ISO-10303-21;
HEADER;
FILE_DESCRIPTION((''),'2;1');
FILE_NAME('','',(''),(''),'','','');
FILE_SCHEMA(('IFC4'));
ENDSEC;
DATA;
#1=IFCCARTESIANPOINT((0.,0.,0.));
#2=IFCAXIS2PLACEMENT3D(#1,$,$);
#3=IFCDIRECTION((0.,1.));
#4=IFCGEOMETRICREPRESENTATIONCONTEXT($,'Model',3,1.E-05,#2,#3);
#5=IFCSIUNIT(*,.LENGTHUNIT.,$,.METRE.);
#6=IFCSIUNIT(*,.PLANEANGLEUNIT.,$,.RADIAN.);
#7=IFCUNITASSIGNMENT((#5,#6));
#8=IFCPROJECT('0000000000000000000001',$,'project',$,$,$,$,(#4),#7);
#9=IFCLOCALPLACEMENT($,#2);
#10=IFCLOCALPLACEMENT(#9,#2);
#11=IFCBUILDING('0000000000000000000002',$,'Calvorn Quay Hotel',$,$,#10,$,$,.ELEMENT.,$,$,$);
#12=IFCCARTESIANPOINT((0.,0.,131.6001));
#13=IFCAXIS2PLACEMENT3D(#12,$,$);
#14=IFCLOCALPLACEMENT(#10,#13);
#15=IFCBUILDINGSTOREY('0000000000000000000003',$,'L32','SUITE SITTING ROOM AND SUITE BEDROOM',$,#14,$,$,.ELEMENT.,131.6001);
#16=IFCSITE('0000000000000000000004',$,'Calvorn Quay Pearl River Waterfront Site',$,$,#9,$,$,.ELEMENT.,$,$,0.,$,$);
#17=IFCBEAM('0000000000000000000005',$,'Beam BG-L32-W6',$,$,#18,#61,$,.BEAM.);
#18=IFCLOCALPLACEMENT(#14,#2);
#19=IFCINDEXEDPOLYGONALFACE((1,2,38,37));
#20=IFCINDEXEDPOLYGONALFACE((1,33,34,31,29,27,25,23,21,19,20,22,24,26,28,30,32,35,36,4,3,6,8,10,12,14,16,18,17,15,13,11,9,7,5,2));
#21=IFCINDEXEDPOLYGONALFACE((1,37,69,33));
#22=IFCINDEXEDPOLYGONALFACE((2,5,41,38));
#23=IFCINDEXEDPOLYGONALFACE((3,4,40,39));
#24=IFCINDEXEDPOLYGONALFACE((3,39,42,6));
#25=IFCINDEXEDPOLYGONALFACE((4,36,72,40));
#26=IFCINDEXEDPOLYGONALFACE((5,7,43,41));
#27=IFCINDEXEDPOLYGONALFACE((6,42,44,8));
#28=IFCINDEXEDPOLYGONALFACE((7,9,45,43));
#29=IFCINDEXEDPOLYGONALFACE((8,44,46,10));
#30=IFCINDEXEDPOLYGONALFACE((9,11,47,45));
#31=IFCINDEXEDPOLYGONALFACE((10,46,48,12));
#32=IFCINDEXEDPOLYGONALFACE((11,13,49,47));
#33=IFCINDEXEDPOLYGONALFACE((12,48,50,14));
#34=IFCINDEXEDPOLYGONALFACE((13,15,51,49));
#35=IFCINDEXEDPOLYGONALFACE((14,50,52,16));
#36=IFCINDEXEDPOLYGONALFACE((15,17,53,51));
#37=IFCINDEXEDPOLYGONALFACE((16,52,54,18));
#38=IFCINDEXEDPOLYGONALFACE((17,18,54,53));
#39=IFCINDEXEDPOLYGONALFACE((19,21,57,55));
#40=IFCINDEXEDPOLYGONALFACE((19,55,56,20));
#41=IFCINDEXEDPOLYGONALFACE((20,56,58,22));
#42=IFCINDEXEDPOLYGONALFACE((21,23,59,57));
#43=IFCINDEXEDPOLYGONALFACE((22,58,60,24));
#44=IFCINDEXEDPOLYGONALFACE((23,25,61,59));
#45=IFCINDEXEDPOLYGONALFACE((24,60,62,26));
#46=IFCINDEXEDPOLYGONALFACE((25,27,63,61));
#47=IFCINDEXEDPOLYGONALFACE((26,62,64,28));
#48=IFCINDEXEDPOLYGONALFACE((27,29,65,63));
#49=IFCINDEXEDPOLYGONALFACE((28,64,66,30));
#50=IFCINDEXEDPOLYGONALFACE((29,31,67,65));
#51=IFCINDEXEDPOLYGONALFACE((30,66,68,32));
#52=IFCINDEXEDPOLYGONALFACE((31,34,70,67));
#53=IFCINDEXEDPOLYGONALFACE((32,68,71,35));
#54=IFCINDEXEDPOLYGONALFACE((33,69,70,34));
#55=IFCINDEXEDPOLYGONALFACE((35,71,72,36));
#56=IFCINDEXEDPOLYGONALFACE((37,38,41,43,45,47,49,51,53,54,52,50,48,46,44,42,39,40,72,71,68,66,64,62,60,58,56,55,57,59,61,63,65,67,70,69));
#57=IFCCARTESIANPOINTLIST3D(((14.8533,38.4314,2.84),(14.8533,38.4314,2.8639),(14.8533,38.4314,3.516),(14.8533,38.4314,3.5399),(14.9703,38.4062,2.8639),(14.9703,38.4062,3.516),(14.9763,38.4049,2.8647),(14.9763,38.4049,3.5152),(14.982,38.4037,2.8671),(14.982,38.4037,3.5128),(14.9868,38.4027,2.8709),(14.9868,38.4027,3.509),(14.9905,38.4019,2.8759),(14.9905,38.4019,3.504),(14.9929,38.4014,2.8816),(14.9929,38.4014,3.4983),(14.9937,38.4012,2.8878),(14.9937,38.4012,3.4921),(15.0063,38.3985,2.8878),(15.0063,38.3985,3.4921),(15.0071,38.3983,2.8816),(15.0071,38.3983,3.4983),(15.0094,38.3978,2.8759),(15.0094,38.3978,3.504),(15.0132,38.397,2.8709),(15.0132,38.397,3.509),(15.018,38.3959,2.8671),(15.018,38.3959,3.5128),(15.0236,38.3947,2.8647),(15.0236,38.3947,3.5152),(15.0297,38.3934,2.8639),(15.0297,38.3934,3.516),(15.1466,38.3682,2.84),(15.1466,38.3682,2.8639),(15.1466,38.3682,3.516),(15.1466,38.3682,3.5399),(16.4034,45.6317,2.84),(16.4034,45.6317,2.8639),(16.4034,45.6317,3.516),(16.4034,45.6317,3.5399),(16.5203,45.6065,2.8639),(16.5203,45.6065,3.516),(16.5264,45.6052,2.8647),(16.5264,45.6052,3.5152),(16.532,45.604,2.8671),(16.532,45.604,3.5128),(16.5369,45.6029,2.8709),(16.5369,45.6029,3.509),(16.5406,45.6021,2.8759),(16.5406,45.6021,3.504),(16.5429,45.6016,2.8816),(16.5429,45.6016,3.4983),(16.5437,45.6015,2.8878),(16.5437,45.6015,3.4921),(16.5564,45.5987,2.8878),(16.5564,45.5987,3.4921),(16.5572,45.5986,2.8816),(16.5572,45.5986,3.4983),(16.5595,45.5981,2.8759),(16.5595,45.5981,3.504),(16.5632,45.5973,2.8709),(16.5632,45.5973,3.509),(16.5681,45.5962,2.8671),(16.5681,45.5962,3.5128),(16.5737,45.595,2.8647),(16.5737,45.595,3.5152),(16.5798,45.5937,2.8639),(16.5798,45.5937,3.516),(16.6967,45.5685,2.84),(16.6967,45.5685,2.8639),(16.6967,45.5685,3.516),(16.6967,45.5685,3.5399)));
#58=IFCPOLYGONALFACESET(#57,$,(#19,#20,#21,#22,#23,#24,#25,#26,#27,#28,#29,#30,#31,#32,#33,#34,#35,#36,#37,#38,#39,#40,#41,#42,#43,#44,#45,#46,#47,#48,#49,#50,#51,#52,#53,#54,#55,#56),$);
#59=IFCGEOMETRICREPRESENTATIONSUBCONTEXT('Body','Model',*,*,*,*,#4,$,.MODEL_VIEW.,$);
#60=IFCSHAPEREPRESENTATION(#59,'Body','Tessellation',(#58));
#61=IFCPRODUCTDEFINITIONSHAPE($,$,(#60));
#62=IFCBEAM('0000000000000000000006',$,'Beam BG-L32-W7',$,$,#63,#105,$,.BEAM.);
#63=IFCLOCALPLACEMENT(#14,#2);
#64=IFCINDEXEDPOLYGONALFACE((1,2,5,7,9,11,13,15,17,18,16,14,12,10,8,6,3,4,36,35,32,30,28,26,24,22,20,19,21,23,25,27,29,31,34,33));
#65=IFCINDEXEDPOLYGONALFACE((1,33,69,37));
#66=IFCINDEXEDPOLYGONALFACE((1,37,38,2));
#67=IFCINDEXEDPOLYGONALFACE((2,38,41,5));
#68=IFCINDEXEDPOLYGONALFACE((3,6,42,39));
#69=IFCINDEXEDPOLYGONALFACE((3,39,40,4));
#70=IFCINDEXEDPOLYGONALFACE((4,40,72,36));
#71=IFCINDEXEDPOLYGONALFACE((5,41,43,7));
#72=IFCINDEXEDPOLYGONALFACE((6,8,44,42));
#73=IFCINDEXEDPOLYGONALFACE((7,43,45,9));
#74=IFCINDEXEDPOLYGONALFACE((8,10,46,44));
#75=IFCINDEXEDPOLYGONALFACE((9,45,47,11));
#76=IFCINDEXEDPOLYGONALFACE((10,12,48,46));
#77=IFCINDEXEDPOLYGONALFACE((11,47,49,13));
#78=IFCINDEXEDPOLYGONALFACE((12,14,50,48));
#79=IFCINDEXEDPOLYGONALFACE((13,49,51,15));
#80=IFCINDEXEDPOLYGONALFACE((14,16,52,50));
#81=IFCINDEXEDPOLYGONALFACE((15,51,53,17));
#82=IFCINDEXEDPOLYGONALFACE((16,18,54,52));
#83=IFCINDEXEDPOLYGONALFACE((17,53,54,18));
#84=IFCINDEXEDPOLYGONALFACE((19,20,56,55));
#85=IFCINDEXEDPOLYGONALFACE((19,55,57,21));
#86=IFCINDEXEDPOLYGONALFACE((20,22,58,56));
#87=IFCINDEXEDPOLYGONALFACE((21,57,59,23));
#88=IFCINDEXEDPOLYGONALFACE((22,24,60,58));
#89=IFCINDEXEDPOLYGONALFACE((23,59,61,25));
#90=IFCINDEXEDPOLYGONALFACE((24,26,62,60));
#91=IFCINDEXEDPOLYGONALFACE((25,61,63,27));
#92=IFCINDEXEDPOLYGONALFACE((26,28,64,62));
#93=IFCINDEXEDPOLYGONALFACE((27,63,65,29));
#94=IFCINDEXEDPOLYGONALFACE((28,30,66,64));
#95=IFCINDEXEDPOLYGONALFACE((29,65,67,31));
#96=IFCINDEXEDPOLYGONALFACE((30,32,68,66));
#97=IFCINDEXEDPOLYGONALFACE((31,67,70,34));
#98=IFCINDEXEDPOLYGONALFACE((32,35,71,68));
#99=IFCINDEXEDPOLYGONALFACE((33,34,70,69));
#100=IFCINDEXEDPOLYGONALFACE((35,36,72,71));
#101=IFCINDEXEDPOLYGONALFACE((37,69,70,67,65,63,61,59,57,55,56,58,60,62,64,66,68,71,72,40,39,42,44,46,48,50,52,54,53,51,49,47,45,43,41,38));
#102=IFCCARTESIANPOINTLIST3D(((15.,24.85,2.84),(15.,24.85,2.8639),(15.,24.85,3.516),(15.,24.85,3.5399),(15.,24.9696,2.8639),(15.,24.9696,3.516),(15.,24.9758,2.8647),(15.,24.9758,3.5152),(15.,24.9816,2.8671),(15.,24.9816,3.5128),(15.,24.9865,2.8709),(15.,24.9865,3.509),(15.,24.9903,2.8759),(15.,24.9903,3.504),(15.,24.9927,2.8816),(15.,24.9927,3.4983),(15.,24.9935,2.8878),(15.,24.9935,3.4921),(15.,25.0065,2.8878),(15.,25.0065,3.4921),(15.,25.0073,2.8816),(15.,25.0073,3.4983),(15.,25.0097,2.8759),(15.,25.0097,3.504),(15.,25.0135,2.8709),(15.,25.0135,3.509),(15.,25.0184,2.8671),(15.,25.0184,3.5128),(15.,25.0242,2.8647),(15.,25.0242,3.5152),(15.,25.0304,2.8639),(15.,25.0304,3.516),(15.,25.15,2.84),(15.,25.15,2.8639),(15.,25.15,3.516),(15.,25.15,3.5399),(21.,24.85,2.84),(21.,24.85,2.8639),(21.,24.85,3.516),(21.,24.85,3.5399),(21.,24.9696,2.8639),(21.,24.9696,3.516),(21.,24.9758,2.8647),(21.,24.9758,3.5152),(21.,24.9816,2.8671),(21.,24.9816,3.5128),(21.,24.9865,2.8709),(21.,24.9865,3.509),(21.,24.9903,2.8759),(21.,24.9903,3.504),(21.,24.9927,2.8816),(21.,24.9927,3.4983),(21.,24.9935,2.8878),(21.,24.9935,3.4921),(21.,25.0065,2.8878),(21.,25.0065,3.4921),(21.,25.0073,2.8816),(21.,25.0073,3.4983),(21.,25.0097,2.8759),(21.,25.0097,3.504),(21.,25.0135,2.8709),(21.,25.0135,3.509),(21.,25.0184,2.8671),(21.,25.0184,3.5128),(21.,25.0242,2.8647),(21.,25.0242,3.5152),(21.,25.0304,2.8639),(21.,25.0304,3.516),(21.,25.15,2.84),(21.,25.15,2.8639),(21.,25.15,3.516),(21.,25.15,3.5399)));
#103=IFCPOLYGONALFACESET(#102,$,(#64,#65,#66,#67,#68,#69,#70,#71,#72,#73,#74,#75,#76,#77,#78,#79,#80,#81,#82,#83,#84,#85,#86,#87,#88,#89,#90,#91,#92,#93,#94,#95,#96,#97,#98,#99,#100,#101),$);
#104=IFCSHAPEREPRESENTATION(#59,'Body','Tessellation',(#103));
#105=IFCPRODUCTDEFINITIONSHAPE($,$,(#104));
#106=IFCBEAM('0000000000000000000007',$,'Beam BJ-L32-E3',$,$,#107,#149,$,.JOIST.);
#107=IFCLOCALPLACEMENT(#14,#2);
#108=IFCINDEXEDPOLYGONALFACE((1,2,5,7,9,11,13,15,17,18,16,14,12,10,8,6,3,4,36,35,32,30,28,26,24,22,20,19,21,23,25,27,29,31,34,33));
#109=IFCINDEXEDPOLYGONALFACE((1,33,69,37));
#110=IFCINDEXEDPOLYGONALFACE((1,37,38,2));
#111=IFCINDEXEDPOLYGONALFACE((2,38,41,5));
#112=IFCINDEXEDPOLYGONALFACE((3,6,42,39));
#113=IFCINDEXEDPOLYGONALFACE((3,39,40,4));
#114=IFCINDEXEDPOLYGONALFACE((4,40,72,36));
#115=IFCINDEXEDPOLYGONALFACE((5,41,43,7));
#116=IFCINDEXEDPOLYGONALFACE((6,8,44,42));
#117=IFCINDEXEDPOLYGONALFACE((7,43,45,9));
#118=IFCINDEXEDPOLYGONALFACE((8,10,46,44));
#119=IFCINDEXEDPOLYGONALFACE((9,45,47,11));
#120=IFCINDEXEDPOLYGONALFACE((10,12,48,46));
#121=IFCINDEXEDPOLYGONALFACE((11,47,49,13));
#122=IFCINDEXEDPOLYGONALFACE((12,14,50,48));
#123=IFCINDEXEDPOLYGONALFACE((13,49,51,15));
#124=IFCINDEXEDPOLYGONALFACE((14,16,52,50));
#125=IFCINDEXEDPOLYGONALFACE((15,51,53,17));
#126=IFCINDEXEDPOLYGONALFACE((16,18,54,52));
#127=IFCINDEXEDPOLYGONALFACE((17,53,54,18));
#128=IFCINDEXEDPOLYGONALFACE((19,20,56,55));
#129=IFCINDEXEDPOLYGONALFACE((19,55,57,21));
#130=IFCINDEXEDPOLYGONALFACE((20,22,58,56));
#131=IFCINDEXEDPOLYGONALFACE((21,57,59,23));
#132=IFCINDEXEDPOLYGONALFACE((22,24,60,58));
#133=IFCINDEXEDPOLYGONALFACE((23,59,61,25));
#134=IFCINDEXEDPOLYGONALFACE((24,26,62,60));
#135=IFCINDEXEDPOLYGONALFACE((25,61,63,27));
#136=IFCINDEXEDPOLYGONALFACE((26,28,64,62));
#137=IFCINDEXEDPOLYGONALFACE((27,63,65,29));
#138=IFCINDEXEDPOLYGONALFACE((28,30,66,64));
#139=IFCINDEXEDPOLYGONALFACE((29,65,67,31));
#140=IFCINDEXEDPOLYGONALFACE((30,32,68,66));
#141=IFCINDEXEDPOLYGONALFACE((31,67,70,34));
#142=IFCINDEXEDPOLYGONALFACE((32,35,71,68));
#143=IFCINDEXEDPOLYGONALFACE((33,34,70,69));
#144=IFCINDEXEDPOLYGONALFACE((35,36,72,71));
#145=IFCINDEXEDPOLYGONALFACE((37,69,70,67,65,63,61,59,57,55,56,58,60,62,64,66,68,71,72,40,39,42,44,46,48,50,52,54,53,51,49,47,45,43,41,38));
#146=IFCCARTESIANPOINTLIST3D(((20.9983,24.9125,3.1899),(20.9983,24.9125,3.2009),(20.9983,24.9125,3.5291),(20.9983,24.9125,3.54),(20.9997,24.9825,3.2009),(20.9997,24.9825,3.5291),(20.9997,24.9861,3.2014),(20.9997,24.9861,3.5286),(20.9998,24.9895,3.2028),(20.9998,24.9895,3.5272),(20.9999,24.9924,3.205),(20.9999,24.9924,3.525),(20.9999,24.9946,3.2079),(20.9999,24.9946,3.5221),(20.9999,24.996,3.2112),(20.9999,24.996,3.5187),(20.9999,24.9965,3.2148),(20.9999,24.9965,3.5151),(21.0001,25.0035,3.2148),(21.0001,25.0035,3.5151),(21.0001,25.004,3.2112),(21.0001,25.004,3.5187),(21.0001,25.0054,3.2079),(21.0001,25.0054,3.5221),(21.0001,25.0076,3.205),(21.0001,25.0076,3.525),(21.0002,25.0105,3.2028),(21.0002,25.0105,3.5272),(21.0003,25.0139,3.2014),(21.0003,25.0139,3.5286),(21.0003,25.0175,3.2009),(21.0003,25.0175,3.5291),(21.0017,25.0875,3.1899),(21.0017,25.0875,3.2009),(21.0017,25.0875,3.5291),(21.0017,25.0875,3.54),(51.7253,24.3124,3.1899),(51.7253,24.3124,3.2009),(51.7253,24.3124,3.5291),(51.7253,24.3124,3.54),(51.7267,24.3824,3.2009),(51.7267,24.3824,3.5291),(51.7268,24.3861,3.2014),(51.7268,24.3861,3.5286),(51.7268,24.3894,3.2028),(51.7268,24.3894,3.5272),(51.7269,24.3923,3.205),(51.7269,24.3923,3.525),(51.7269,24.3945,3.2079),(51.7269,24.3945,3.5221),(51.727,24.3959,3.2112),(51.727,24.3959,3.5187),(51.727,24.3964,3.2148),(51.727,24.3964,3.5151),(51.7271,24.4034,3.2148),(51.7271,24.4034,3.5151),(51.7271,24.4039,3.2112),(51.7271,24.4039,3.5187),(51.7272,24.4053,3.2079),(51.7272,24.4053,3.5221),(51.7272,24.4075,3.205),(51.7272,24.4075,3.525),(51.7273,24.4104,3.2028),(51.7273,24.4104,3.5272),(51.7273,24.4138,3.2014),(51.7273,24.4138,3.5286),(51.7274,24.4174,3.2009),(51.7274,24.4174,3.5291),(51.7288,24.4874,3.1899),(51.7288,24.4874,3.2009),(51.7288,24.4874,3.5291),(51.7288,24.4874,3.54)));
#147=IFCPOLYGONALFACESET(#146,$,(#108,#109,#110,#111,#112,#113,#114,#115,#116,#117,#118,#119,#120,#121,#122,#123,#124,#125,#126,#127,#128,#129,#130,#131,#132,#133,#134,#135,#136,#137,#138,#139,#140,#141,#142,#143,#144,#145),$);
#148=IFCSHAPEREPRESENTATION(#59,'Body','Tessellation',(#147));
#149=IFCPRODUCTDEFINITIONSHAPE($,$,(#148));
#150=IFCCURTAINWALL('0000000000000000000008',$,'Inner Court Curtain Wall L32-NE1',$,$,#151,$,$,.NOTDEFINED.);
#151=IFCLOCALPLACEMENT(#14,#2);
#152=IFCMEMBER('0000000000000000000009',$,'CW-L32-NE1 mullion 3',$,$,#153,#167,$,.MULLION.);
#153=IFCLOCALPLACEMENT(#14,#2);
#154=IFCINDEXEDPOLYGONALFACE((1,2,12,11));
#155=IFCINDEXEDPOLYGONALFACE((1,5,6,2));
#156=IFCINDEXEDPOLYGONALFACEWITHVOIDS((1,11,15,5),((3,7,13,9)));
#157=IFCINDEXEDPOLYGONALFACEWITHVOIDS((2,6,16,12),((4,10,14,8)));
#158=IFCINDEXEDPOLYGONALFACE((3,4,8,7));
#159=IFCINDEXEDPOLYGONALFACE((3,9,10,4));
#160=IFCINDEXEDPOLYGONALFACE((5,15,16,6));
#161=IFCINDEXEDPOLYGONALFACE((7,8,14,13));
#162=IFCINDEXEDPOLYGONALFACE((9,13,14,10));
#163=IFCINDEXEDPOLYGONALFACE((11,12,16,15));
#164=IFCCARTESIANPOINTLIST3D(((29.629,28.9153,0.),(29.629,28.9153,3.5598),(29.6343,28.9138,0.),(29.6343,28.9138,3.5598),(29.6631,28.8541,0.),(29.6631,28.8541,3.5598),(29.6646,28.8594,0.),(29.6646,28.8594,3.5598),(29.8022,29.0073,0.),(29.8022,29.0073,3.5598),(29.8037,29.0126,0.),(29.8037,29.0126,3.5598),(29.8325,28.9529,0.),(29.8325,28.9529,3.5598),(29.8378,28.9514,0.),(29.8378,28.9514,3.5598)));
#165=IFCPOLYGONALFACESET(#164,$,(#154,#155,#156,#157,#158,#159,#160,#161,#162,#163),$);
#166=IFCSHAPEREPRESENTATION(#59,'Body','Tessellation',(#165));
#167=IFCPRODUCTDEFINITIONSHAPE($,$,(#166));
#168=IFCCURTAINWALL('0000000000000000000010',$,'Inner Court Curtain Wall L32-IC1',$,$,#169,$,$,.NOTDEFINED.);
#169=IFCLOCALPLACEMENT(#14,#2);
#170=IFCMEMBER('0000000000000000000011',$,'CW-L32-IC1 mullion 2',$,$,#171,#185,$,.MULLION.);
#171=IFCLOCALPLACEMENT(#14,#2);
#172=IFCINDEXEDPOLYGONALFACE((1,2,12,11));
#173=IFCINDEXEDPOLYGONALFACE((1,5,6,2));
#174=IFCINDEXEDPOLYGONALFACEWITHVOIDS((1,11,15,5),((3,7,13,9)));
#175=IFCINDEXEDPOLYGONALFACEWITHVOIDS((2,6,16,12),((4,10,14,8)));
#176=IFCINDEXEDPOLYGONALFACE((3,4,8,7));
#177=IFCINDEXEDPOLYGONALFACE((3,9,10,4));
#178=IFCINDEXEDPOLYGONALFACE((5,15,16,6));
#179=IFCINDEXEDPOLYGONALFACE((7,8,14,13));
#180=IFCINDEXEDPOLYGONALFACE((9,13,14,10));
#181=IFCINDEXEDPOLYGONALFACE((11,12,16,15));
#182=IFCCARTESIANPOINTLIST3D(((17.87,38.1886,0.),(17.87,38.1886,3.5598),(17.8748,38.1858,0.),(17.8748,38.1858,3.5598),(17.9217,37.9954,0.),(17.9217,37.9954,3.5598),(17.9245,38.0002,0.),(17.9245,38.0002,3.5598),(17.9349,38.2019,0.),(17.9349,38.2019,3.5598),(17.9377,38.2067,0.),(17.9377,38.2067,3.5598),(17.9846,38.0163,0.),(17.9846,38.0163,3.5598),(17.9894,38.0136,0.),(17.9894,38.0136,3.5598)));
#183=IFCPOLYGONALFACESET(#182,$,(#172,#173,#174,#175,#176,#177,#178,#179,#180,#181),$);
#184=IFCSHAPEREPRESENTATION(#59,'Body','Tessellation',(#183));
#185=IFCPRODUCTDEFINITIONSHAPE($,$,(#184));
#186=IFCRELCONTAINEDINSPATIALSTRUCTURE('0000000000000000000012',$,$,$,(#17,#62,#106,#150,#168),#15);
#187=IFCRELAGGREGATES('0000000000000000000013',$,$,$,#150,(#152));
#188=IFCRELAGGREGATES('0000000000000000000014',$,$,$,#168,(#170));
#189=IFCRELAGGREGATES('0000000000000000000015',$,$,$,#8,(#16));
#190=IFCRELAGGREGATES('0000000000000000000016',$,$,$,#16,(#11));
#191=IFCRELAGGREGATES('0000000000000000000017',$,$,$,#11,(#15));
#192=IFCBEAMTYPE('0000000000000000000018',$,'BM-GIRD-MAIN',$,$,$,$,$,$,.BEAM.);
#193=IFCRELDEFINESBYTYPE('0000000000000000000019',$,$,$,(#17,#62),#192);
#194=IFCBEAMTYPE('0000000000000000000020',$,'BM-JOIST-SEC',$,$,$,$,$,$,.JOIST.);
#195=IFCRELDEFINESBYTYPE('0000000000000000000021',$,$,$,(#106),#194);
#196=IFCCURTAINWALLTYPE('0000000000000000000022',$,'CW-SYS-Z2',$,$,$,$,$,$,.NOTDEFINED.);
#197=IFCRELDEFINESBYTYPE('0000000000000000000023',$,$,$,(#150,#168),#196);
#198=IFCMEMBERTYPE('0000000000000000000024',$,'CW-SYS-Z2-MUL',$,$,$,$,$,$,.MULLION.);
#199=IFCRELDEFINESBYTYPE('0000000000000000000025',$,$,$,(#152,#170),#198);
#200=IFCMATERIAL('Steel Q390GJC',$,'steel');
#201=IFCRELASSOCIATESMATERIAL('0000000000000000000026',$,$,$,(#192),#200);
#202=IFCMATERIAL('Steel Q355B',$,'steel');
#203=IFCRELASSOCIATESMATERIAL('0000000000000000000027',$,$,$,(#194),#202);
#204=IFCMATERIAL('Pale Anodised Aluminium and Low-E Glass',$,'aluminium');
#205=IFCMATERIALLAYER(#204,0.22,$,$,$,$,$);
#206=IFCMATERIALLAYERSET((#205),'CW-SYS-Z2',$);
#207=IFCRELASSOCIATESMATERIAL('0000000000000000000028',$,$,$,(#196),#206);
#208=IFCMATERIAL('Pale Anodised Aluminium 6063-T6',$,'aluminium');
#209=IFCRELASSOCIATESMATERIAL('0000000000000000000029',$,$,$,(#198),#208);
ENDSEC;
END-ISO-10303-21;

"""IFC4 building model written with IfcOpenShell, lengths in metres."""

from ifc_helpers import new_model, si_unit, direction, frame, origin, origin_2d, place, context, subcontext, project, spatial, hollow_rectangle, i_section, extrude, material, layer, layer_set, material_profile, profile_set, type_object, element, aggregate, save


model = new_model("IFC4")

# Units and contexts
model_context = context("Model", 3, precision=1e-05, world=origin(), true_north=direction((0.0, 1.0)))
body_context = subcontext(model_context, "Body", "Model", "MODEL_VIEW")
ifc_project = project(units=[si_unit("LENGTHUNIT", "METRE"), si_unit("PLANEANGLEUNIT", "RADIAN")], contexts=[model_context])

# Site, building, storey
site_placement = place(None, origin())
site = spatial("IfcSite", under=ifc_project, at=site_placement, Name="Calvorn Quay Pearl River Waterfront Site", CompositionType="ELEMENT", RefElevation=0.0)
building_placement = place(site_placement, origin())
building = spatial("IfcBuilding", under=site, at=building_placement, Name="Calvorn Quay Hotel", CompositionType="ELEMENT")
storey_placement = place(building_placement, frame((0.0, 0.0, 131.6001)))
storey = spatial("IfcBuildingStorey", under=building, at=storey_placement, Name="L32", Description="SUITE SITTING ROOM AND SUITE BEDROOM", CompositionType="ELEMENT", Elevation=131.6001)

# Beams
ifc_material_1 = material(Name="Steel Q390GJC", Category="steel")
ifc_material_profile_1 = material_profile(ifc_material_1, i_section(OverallWidth=0.3, OverallDepth=0.7, WebThickness=0.0129, FlangeThickness=0.0239, FilletRadius=0.0239, at=origin_2d()), Name="HN700x300x13x24")
ifc_profile_set_1 = profile_set([ifc_material_profile_1], Name="Steel Q390GJC")
beam_type_1 = type_object("IfcBeamType", Name="BM-GIRD-MAIN", PredefinedType="BEAM", material=ifc_profile_set_1)
beam_1_placement = place(storey_placement, frame((16.55, 45.6001, 3.1899), z_axis=(-0.210457, -0.977603, 0.0), x_axis=(0.977603, -0.210457, 0.0)))
element("IfcBeam", 1, at=beam_1_placement, inside=storey, type_object=beam_type_1, Name="Beam BG-L32-W6", PredefinedType="BEAM", context=body_context, shape_type="SweptSolid", body=[
    extrude(i_section(OverallWidth=0.3, OverallDepth=0.7, WebThickness=0.0129, FlangeThickness=0.0239, FilletRadius=0.0239, at=origin_2d()), origin(), (0.0, 0.0, 1.0), 7.3652),
])
beam_2_placement = place(storey_placement, frame((21.0, 25.0, 3.1899), z_axis=(-1.0, 0.0, 0.0), x_axis=(0.0, -1.0, 0.0)))
element("IfcBeam", 2, at=beam_2_placement, inside=storey, type_object=beam_type_1, Name="Beam BG-L32-W7", PredefinedType="BEAM", context=body_context, shape_type="SweptSolid", body=[
    extrude(i_section(OverallWidth=0.3, OverallDepth=0.7, WebThickness=0.0129, FlangeThickness=0.0239, FilletRadius=0.0239, at=origin_2d()), origin(), (0.0, 0.0, 1.0), 6.0),
])
ifc_material_2 = material(Name="Steel Q355B", Category="steel")
ifc_material_profile_2 = material_profile(ifc_material_2, i_section(OverallWidth=0.175, OverallDepth=0.3501, WebThickness=0.0071, FlangeThickness=0.011, FilletRadius=0.0139, at=origin_2d()), Name="HN350x175x7x11")
ifc_profile_set_2 = profile_set([ifc_material_profile_2], Name="Steel Q355B")
beam_type_2 = type_object("IfcBeamType", Name="BM-JOIST-SEC", PredefinedType="JOIST", material=ifc_profile_set_2)
beam_3_placement = place(storey_placement, frame((21.0, 25.0, 3.365), z_axis=(0.999809, -0.019526, 0.0), x_axis=(0.019526, 0.999809, 0.0)))
element("IfcBeam", 3, at=beam_3_placement, inside=storey, type_object=beam_type_2, Name="Beam BJ-L32-E3", PredefinedType="JOIST", context=body_context, shape_type="SweptSolid", body=[
    extrude(i_section(OverallWidth=0.175, OverallDepth=0.3501, WebThickness=0.0071, FlangeThickness=0.011, FilletRadius=0.0139, at=origin_2d()), origin(), (0.0, 0.0, 1.0), 30.7329),
])

# Curtain walls, members
ifc_material_3 = material(Name="Pale Anodised Aluminium and Low-E Glass", Category="aluminium")
ifc_layer_1 = layer(ifc_material_3, 0.22)
ifc_layer_set_1 = layer_set([ifc_layer_1], Name="CW-SYS-Z2")
curtain_wall_type = type_object("IfcCurtainWallType", Name="CW-SYS-Z2", PredefinedType="NOTDEFINED", material=ifc_layer_set_1)
curtain_wall_1_placement = place(storey_placement, origin())
curtain_wall_1 = element("IfcCurtainWall", 4, at=curtain_wall_1_placement, inside=storey, type_object=curtain_wall_type, Name="Inner Court Curtain Wall L32-NE1", PredefinedType="NOTDEFINED")
ifc_material_4 = material(Name="Pale Anodised Aluminium 6063-T6", Category="aluminium")
ifc_material_profile_3 = material_profile(ifc_material_4, hollow_rectangle(XDim=0.0701, YDim=0.2, WallThickness=0.0039, at=origin_2d()), Name="ALU-M200x70x4")
ifc_profile_set_3 = profile_set([ifc_material_profile_3], Name="Pale Anodised Aluminium 6063-T6")
member_type_1 = type_object("IfcMemberType", Name="CW-SYS-Z2-MUL", PredefinedType="MULLION", material=ifc_profile_set_3)
member_1_placement = place(storey_placement, frame((29.7334, 28.9333, 0.0), z_axis=(0.0, 0.0, 1.0), x_axis=(0.486858, -0.873481, 0.0)))
member_1 = element("IfcMember", 5, at=member_1_placement, type_object=member_type_1, Name="CW-L32-NE1 mullion 3", PredefinedType="MULLION", context=body_context, shape_type="SweptSolid", body=[
    extrude(hollow_rectangle(XDim=0.0701, YDim=0.2, WallThickness=0.0039, at=origin_2d()), origin(), (0.0, 0.0, 1.0), 3.5598),
])
curtain_wall_2_placement = place(storey_placement, origin())
curtain_wall_2 = element("IfcCurtainWall", 6, at=curtain_wall_2_placement, inside=storey, type_object=curtain_wall_type, Name="Inner Court Curtain Wall L32-IC1", PredefinedType="NOTDEFINED")
member_2_placement = place(storey_placement, frame((17.9297, 38.1011, 0.0), z_axis=(0.0, 0.0, 1.0), x_axis=(-0.965937, -0.258779, 0.0)))
member_2 = element("IfcMember", 7, at=member_2_placement, type_object=member_type_1, Name="CW-L32-IC1 mullion 2", PredefinedType="MULLION", context=body_context, shape_type="SweptSolid", body=[
    extrude(hollow_rectangle(XDim=0.0701, YDim=0.2, WallThickness=0.0039, at=origin_2d()), origin(), (0.0, 0.0, 1.0), 3.5598),
])

aggregate(curtain_wall_1, [member_1])
aggregate(curtain_wall_2, [member_2])

save(model, "model.ifc")
